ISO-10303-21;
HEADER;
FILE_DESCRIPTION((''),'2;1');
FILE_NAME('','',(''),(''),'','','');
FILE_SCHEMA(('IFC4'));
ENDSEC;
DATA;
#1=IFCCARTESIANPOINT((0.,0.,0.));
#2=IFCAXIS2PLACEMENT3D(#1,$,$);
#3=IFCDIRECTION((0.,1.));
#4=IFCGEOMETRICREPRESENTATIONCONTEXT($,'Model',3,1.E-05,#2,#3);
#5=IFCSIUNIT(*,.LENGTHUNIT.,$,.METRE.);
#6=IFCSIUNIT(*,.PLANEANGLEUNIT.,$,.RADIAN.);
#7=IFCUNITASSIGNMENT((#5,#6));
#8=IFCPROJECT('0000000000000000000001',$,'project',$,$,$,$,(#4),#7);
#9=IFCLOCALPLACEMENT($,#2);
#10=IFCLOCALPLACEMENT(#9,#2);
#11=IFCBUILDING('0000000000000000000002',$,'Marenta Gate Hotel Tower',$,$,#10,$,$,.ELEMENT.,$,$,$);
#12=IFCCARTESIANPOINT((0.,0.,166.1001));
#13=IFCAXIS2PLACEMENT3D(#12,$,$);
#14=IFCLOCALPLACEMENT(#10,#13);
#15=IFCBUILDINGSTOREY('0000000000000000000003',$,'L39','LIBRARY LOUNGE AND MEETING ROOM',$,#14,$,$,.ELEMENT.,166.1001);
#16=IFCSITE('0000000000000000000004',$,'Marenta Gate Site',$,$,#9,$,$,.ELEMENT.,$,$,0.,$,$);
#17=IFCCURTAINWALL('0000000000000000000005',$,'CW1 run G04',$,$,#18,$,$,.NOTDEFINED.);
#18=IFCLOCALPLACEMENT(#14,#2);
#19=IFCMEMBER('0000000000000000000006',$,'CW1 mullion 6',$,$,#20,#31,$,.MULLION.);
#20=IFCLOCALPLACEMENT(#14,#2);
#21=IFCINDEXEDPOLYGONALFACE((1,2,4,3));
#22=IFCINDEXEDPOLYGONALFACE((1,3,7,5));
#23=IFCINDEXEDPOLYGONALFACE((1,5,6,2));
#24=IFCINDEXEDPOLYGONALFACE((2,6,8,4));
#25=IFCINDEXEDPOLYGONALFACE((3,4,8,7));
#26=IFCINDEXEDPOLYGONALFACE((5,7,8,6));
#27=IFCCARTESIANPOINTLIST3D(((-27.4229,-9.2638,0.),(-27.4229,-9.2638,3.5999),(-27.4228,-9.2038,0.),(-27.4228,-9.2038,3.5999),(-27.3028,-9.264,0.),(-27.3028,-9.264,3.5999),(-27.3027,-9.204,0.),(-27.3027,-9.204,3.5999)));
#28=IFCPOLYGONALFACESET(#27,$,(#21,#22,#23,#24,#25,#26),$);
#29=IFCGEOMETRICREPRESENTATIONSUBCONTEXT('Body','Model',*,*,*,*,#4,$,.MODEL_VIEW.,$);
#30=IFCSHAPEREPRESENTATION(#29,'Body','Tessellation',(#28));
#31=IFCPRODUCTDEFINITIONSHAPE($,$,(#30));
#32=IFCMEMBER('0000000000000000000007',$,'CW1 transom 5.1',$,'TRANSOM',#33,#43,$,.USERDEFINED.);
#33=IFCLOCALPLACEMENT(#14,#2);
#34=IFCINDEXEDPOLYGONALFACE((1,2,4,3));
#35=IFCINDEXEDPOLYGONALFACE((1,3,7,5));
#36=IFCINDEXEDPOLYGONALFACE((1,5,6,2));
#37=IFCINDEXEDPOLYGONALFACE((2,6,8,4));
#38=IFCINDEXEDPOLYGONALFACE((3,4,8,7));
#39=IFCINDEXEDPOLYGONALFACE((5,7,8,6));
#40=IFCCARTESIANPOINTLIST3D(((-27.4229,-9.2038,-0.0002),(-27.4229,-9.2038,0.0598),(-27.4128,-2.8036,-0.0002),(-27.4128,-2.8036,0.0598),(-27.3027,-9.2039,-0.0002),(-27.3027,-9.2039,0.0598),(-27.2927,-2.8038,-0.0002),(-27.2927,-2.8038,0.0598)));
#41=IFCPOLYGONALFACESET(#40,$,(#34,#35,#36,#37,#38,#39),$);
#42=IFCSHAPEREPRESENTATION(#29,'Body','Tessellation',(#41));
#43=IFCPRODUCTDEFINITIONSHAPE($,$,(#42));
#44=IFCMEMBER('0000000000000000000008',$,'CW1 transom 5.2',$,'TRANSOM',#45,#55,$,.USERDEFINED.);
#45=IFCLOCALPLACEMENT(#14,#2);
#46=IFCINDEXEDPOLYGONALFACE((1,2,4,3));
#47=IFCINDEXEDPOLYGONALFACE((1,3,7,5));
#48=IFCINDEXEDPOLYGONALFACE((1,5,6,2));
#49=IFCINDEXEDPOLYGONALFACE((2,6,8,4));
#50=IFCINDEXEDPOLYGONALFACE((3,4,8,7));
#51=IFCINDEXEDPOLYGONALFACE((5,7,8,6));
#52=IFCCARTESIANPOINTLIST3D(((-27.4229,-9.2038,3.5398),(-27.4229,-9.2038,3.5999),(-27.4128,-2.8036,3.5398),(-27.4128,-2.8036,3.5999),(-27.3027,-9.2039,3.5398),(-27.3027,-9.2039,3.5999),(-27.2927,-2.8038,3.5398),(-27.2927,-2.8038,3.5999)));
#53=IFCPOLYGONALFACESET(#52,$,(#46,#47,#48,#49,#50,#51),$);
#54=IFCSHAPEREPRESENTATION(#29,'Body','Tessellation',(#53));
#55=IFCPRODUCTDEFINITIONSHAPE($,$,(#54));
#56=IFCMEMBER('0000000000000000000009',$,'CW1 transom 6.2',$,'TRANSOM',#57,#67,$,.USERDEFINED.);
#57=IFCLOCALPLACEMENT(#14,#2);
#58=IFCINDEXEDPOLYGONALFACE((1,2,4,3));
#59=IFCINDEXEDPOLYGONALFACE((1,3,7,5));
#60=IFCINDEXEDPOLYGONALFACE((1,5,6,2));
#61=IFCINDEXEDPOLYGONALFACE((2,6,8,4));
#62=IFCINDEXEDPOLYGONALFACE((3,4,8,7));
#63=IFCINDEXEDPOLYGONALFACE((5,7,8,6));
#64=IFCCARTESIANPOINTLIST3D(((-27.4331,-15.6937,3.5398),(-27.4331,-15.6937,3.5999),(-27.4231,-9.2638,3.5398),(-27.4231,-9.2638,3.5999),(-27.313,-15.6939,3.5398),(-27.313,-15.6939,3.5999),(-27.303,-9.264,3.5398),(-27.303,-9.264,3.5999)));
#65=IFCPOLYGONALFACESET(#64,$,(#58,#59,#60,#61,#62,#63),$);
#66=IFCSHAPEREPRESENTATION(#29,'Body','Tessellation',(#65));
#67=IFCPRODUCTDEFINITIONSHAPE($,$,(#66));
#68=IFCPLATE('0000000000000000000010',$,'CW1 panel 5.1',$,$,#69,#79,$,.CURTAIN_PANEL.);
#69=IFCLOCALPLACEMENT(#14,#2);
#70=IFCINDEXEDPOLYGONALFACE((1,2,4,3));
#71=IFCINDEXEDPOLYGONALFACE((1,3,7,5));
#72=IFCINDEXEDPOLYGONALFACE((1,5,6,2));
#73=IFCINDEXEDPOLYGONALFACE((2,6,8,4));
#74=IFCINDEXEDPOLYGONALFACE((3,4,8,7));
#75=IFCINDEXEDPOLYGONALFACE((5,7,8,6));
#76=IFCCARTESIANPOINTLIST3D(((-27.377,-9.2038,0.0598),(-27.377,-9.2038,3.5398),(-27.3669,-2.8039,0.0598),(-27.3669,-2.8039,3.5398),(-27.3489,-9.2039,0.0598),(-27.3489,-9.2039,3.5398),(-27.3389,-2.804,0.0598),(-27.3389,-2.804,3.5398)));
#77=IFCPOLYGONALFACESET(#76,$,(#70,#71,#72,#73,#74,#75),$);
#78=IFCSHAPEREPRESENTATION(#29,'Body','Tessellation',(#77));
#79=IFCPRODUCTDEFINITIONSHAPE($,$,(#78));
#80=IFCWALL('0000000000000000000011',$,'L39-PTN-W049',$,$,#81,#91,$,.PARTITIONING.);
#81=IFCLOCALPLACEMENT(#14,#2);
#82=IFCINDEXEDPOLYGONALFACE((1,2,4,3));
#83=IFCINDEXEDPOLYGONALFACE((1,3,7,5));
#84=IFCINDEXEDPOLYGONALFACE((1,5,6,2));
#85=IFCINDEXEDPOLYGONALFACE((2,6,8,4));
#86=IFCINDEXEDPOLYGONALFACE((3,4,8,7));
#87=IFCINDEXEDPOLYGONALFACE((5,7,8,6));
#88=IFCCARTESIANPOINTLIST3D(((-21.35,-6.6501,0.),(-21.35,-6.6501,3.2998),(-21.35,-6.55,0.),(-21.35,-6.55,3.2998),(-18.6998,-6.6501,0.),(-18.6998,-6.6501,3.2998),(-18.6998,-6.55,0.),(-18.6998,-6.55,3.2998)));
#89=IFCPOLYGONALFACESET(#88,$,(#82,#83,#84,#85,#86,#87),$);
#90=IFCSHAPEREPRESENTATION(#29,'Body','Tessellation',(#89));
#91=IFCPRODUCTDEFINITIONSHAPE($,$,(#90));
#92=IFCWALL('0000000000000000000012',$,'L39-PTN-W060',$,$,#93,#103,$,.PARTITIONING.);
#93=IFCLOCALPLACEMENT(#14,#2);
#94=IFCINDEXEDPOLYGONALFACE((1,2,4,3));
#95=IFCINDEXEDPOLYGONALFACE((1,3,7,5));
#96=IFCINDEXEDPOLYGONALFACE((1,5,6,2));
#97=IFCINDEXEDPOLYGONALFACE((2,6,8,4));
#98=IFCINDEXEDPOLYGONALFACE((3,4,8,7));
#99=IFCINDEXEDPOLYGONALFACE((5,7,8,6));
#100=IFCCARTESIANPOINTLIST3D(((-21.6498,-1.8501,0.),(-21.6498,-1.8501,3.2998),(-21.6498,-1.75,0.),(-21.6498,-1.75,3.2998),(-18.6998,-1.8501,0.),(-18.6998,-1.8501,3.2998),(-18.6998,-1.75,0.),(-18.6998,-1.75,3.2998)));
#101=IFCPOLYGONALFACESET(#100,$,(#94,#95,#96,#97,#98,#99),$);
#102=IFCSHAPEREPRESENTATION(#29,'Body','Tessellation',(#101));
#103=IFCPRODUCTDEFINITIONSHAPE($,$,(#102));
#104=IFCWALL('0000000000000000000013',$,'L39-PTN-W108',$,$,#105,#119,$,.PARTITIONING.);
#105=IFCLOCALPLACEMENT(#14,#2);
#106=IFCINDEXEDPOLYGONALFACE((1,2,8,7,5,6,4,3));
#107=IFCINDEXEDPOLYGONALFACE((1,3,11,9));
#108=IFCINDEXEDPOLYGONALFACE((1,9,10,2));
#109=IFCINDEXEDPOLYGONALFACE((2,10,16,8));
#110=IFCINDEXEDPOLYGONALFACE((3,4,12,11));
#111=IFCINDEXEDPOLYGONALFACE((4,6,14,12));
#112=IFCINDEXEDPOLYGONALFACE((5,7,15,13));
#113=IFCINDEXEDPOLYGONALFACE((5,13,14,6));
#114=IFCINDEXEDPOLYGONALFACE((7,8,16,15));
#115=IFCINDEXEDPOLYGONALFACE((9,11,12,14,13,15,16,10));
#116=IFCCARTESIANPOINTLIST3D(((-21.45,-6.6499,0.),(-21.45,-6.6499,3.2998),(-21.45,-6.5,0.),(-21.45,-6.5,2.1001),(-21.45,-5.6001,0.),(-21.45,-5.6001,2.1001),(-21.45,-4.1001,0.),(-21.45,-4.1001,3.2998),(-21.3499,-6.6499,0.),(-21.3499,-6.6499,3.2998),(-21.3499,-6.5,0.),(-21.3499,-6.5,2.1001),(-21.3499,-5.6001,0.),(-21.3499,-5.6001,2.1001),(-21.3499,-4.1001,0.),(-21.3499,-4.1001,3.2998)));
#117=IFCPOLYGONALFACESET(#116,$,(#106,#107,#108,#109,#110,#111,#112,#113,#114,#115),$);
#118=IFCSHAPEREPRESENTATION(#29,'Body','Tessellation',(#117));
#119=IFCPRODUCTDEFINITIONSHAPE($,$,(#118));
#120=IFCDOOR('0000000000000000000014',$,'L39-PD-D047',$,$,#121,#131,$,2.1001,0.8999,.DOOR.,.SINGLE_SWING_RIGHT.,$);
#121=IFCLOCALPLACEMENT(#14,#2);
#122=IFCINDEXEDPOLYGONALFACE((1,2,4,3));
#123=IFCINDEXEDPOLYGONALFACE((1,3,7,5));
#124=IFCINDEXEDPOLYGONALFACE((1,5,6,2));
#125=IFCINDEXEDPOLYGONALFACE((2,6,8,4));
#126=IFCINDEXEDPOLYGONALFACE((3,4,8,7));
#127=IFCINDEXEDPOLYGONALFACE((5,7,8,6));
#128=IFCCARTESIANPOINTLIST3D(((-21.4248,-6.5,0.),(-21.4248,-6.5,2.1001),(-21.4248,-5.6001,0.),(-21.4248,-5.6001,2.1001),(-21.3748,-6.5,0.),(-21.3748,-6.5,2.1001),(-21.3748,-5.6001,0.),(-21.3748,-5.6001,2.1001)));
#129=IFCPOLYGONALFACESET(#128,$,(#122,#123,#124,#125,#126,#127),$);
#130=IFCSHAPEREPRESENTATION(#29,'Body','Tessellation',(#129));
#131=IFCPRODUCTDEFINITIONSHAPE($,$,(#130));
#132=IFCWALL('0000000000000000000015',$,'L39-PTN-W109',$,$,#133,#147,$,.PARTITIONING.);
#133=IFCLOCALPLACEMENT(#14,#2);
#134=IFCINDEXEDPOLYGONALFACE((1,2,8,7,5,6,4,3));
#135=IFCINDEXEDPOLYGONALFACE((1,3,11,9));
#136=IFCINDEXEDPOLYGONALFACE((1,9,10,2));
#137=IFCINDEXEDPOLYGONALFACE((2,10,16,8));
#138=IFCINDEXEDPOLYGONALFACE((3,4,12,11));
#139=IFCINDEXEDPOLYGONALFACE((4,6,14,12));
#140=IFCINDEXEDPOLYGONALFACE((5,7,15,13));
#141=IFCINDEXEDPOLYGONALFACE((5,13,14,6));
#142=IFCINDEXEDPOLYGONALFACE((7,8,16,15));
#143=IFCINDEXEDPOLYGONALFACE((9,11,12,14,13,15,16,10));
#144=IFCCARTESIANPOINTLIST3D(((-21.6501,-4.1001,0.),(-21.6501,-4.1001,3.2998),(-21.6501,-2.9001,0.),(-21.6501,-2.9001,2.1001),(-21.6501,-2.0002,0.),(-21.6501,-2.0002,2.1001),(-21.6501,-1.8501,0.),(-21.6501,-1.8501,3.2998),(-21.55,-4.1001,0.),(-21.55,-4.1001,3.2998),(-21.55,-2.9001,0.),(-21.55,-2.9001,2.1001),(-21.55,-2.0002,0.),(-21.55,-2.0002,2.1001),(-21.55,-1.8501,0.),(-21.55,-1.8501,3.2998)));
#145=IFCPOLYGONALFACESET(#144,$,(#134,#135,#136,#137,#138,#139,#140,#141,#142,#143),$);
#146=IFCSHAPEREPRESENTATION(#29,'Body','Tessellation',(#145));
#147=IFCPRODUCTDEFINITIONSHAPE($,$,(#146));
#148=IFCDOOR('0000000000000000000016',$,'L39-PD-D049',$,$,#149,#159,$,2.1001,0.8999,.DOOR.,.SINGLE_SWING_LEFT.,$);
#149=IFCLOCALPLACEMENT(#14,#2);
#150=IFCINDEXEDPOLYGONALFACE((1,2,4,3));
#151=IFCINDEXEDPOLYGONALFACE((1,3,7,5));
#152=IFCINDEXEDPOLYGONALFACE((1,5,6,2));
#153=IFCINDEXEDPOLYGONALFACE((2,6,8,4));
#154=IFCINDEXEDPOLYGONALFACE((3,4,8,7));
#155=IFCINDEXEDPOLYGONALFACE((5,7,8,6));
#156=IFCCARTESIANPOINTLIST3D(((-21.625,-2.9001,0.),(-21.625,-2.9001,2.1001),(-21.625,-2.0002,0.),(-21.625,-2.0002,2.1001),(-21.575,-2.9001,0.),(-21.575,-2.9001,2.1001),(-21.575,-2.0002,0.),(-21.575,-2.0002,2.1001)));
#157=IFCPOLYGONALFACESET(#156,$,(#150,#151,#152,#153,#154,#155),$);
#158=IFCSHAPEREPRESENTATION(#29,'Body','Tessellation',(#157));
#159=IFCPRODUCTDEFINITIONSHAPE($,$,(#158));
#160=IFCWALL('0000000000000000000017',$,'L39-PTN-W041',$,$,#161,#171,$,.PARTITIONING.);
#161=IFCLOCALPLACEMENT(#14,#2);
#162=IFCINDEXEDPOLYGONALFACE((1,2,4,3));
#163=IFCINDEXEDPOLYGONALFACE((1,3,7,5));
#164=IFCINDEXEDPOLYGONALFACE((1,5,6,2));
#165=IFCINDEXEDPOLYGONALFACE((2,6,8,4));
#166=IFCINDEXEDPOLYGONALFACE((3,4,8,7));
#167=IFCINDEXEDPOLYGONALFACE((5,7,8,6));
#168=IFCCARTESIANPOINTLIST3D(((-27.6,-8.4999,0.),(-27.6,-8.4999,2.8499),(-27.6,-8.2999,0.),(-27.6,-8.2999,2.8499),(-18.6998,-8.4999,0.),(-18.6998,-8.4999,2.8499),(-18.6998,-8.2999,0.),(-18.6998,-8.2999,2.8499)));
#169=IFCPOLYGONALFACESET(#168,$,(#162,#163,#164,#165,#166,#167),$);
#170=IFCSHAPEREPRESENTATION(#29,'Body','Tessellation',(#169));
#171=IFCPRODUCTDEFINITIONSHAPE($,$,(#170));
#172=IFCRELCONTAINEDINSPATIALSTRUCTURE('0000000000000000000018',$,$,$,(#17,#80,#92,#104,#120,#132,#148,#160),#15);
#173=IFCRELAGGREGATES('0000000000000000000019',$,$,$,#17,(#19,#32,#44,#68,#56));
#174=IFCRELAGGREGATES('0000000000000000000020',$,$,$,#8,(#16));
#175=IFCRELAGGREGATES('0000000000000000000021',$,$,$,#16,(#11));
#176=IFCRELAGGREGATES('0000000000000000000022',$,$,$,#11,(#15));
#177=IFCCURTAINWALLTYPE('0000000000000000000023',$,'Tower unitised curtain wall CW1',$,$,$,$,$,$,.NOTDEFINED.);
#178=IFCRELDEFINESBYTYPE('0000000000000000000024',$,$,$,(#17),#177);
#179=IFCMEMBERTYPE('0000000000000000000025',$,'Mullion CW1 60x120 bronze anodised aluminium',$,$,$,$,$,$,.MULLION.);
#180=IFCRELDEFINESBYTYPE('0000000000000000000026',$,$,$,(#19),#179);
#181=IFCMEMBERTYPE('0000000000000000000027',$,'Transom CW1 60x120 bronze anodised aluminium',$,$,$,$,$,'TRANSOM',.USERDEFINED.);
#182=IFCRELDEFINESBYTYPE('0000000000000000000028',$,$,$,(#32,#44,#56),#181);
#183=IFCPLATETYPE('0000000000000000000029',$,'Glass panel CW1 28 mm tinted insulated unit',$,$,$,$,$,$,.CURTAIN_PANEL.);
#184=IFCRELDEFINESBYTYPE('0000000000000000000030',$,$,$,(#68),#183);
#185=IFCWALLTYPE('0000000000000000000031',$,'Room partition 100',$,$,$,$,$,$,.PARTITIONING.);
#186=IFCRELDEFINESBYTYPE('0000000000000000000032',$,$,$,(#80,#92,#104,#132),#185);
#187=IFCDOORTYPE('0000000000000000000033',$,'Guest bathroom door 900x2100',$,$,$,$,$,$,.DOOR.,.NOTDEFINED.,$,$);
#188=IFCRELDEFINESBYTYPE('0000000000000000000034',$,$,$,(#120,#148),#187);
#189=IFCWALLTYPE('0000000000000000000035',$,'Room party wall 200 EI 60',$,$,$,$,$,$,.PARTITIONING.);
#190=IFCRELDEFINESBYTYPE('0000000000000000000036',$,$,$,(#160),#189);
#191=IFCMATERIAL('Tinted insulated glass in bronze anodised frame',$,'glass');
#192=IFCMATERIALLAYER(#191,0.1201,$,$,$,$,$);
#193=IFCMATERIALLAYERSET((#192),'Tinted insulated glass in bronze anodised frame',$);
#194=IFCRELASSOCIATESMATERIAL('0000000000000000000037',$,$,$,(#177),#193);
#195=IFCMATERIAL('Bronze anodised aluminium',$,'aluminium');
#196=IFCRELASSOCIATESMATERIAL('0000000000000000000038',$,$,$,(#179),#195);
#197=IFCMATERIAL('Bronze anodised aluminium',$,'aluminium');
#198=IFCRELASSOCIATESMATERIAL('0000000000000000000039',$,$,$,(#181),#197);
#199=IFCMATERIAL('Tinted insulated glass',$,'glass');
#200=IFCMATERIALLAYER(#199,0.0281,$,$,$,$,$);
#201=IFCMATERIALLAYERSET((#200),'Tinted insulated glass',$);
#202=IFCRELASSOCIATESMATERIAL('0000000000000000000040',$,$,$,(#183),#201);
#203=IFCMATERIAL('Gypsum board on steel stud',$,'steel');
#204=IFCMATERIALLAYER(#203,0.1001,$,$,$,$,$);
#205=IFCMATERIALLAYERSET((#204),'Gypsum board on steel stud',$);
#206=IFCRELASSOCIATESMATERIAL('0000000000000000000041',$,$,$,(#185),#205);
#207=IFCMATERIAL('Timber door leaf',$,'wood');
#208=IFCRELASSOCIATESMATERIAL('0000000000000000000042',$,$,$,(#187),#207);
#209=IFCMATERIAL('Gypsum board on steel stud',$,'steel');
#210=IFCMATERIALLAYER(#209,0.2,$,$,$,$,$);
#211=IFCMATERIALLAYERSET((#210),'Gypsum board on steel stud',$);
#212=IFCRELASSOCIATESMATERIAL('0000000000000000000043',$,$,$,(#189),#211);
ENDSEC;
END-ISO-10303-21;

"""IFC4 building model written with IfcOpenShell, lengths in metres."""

from ifc_helpers import new_model, si_unit, direction, frame, frame_2d, origin, origin_2d, place, context, subcontext, project, spatial, rectangle, extrude, material, layer, layer_set, material_profile, profile_set, type_object, element, fill, aggregate, save


model = new_model("IFC4")

# Units and contexts
model_context = context("Model", 3, precision=1e-05, world=origin(), true_north=direction((0.0, 1.0)))
body_context = subcontext(model_context, "Body", "Model", "MODEL_VIEW")
ifc_project = project(units=[si_unit("LENGTHUNIT", "METRE"), si_unit("PLANEANGLEUNIT", "RADIAN")], contexts=[model_context])

# Site, building, storey
site_placement = place(None, origin())
site = spatial("IfcSite", under=ifc_project, at=site_placement, Name="Marenta Gate Site", CompositionType="ELEMENT", RefElevation=0.0)
building_placement = place(site_placement, origin())
building = spatial("IfcBuilding", under=site, at=building_placement, Name="Marenta Gate Hotel Tower", CompositionType="ELEMENT")
storey_placement = place(building_placement, frame((0.0, 0.0, 166.1001)))
storey = spatial("IfcBuildingStorey", under=building, at=storey_placement, Name="L39", Description="LIBRARY LOUNGE AND MEETING ROOM", CompositionType="ELEMENT", Elevation=166.1001)

# Curtain wall, members, plate
ifc_material_1 = material(Name="Tinted insulated glass in bronze anodised frame", Category="glass")
ifc_layer_1 = layer(ifc_material_1, 0.1201)
ifc_layer_set_1 = layer_set([ifc_layer_1], Name="Tinted insulated glass in bronze anodised frame")
curtain_wall_type = type_object("IfcCurtainWallType", Name="Tower unitised curtain wall CW1", PredefinedType="NOTDEFINED", material=ifc_layer_set_1)
curtain_wall_placement = place(storey_placement, origin())
curtain_wall = element("IfcCurtainWall", 1, at=curtain_wall_placement, inside=storey, type_object=curtain_wall_type, Name="CW1 run G04", PredefinedType="NOTDEFINED")
ifc_material_2 = material(Name="Bronze anodised aluminium", Category="aluminium")
ifc_material_profile_1 = material_profile(ifc_material_2, rectangle(XDim=0.1201, YDim=0.0601, at=origin_2d()), Name="Mullion CW1 60x120 bronze anodised aluminium")
ifc_profile_set_1 = profile_set([ifc_material_profile_1], Name="Bronze anodised aluminium")
member_type_1 = type_object("IfcMemberType", Name="Mullion CW1 60x120 bronze anodised aluminium", PredefinedType="MULLION", material=ifc_profile_set_1)
member_1_placement = place(storey_placement, frame((-27.3628, -9.2339, 0.0), z_axis=(0.0, 0.0, 1.0), x_axis=(0.999999, -0.001566, 0.0)))
member_1 = element("IfcMember", 2, at=member_1_placement, type_object=member_type_1, Name="CW1 mullion 6", PredefinedType="MULLION", context=body_context, shape_type="SweptSolid", body=[
    extrude(rectangle(XDim=0.1201, YDim=0.0601, at=origin_2d()), origin(), (0.0, 0.0, 1.0), 3.5999),
])
ifc_material_3 = material(Name="Bronze anodised aluminium", Category="aluminium")
ifc_material_profile_2 = material_profile(ifc_material_3, rectangle(XDim=0.1201, YDim=0.0601, at=origin_2d()), Name="Transom CW1 60x120 bronze anodised aluminium")
ifc_profile_set_2 = profile_set([ifc_material_profile_2], Name="Bronze anodised aluminium")
member_type_2 = type_object("IfcMemberType", Name="Transom CW1 60x120 bronze anodised aluminium", ElementType="TRANSOM", PredefinedType="USERDEFINED", material=ifc_profile_set_2)
member_2_placement = place(storey_placement, frame((-27.3528, -2.8037, 0.0298), z_axis=(-0.001564, -0.999999, 0.0), x_axis=(0.999999, -0.001564, 0.0)))
member_2 = element("IfcMember", 3, at=member_2_placement, type_object=member_type_2, Name="CW1 transom 5.1", ObjectType="TRANSOM", PredefinedType="USERDEFINED", context=body_context, shape_type="SweptSolid", body=[
    extrude(rectangle(XDim=0.1201, YDim=0.0601, at=origin_2d()), origin(), (0.0, 0.0, 1.0), 6.4001),
])
member_3_placement = place(storey_placement, frame((-27.3528, -2.8037, 3.5698), z_axis=(-0.001564, -0.999999, 0.0), x_axis=(0.999999, -0.001564, 0.0)))
member_3 = element("IfcMember", 4, at=member_3_placement, type_object=member_type_2, Name="CW1 transom 5.2", ObjectType="TRANSOM", PredefinedType="USERDEFINED", context=body_context, shape_type="SweptSolid", body=[
    extrude(rectangle(XDim=0.1201, YDim=0.0601, at=origin_2d()), origin(), (0.0, 0.0, 1.0), 6.4001),
])
member_4_placement = place(storey_placement, frame((-27.363, -9.2639, 3.5698), z_axis=(-0.001557, -0.999999, 0.0), x_axis=(0.999999, -0.001557, 0.0)))
member_4 = element("IfcMember", 5, at=member_4_placement, type_object=member_type_2, Name="CW1 transom 6.2", ObjectType="TRANSOM", PredefinedType="USERDEFINED", context=body_context, shape_type="SweptSolid", body=[
    extrude(rectangle(XDim=0.1201, YDim=0.0601, at=origin_2d()), origin(), (0.0, 0.0, 1.0), 6.4299),
])
ifc_material_4 = material(Name="Tinted insulated glass", Category="glass")
ifc_layer_2 = layer(ifc_material_4, 0.0281)
ifc_layer_set_2 = layer_set([ifc_layer_2], Name="Tinted insulated glass")
plate_type = type_object("IfcPlateType", Name="Glass panel CW1 28 mm tinted insulated unit", PredefinedType="CURTAIN_PANEL", material=ifc_layer_set_2)
plate_placement = place(storey_placement, frame((-27.3579, -6.0039, 0.0598), z_axis=(0.0, 0.0, 1.0), x_axis=(-0.001566, -0.999999, 0.0)))
plate = element("IfcPlate", 6, at=plate_placement, type_object=plate_type, Name="CW1 panel 5.1", PredefinedType="CURTAIN_PANEL", context=body_context, shape_type="SweptSolid", body=[
    extrude(rectangle(XDim=6.3999, YDim=0.0281, at=origin_2d()), origin(), (0.0, 0.0, 1.0), 3.48),
])
aggregate(curtain_wall, [member_1, member_2, member_3, plate, member_4])

# Walls
ifc_material_5 = material(Name="Gypsum board on steel stud", Category="steel")
ifc_layer_3 = layer(ifc_material_5, 0.1001)
ifc_layer_set_3 = layer_set([ifc_layer_3], Name="Gypsum board on steel stud")
wall_type_1 = type_object("IfcWallType", Name="Room partition 100", PredefinedType="PARTITIONING", material=ifc_layer_set_3)
wall_1_placement = place(storey_placement, frame((-21.3501, -6.6001, 0.0), z_axis=(0.0, 0.0, 1.0), x_axis=(1.0, 0.0, 0.0)))
element("IfcWall", 7, at=wall_1_placement, inside=storey, type_object=wall_type_1, Name="L39-PTN-W049", PredefinedType="PARTITIONING", context=body_context, shape_type="SweptSolid", body=[
    extrude(rectangle(XDim=2.6501, YDim=0.1001, at=frame_2d((1.3252, 0.0))), origin(), (0.0, 0.0, 1.0), 3.2998),
])
wall_2_placement = place(storey_placement, frame((-21.6499, -1.8, 0.0), z_axis=(0.0, 0.0, 1.0), x_axis=(1.0, 0.0, 0.0)))
element("IfcWall", 8, at=wall_2_placement, inside=storey, type_object=wall_type_1, Name="L39-PTN-W060", PredefinedType="PARTITIONING", context=body_context, shape_type="SweptSolid", body=[
    extrude(rectangle(XDim=2.95, YDim=0.1001, at=frame_2d((1.4751, 0.0))), origin(), (0.0, 0.0, 1.0), 3.2998),
])

# Walls, openings, doors
wall_3_placement = place(storey_placement, frame((-21.3999, -6.6499, 0.0), z_axis=(0.0, 0.0, 1.0), x_axis=(0.0, 1.0, 0.0)))
wall_3 = element("IfcWall", 9, at=wall_3_placement, inside=storey, type_object=wall_type_1, Name="L39-PTN-W108", PredefinedType="PARTITIONING", context=body_context, shape_type="SweptSolid", body=[
    extrude(rectangle(XDim=2.5498, YDim=0.1001, at=frame_2d((1.2749, 0.0))), origin(), (0.0, 0.0, 1.0), 3.2998),
])
opening_1_placement = place(wall_3_placement, frame((0.1499, 0.0, 0.0)))
opening_1 = element("IfcOpeningElement", 10, at=opening_1_placement, cuts=wall_3, PredefinedType="OPENING", context=body_context, shape_type="SweptSolid", body=[
    extrude(rectangle(XDim=0.8999, YDim=2.1001, at=frame_2d((0.45, 1.05))), frame((0.0, 0.05, 0.0), z_axis=(0.0, -1.0, 0.0), x_axis=(1.0, 0.0, 0.0)), (0.0, 0.0, 1.0), 0.1001),
])
ifc_material_6 = material(Name="Timber door leaf", Category="wood")
door_type_1 = type_object("IfcDoorType", Name="Guest bathroom door 900x2100", OperationType="NOTDEFINED", PredefinedType="DOOR", material=ifc_material_6)
door_1_placement = place(opening_1_placement, origin())
door_1 = element("IfcDoor", 11, at=door_1_placement, inside=storey, type_object=door_type_1, Name="L39-PD-D047", OperationType="SINGLE_SWING_RIGHT", OverallHeight=2.1001, OverallWidth=0.8999, PredefinedType="DOOR", context=body_context, shape_type="SweptSolid", body=[
    extrude(rectangle(XDim=0.8999, YDim=2.1001, at=frame_2d((0.45, 1.05))), frame((0.0, 0.0249, 0.0), z_axis=(0.0, -1.0, 0.0), x_axis=(1.0, 0.0, 0.0)), (0.0, 0.0, 1.0), 0.05),
])
fill(opening_1, door_1)
wall_4_placement = place(storey_placement, frame((-21.6001, -4.1001, 0.0), z_axis=(0.0, 0.0, 1.0), x_axis=(0.0, 1.0, 0.0)))
wall_4 = element("IfcWall", 12, at=wall_4_placement, inside=storey, type_object=wall_type_1, Name="L39-PTN-W109", PredefinedType="PARTITIONING", context=body_context, shape_type="SweptSolid", body=[
    extrude(rectangle(XDim=2.25, YDim=0.1001, at=frame_2d((1.125, 0.0))), origin(), (0.0, 0.0, 1.0), 3.2998),
])
opening_2_placement = place(wall_4_placement, frame((1.2, 0.0, 0.0)))
opening_2 = element("IfcOpeningElement", 13, at=opening_2_placement, cuts=wall_4, PredefinedType="OPENING", context=body_context, shape_type="SweptSolid", body=[
    extrude(rectangle(XDim=0.8999, YDim=2.1001, at=frame_2d((0.45, 1.05))), frame((0.0, 0.05, 0.0), z_axis=(0.0, -1.0, 0.0), x_axis=(1.0, 0.0, 0.0)), (0.0, 0.0, 1.0), 0.1001),
])
door_2_placement = place(opening_2_placement, origin())
door_2 = element("IfcDoor", 14, at=door_2_placement, inside=storey, type_object=door_type_1, Name="L39-PD-D049", OperationType="SINGLE_SWING_LEFT", OverallHeight=2.1001, OverallWidth=0.8999, PredefinedType="DOOR", context=body_context, shape_type="SweptSolid", body=[
    extrude(rectangle(XDim=0.8999, YDim=2.1001, at=frame_2d((0.45, 1.05))), frame((0.0, 0.0249, 0.0), z_axis=(0.0, -1.0, 0.0), x_axis=(1.0, 0.0, 0.0)), (0.0, 0.0, 1.0), 0.05),
])
fill(opening_2, door_2)

# Wall
ifc_material_7 = material(Name="Gypsum board on steel stud", Category="steel")
ifc_layer_4 = layer(ifc_material_7, 0.2)
ifc_layer_set_4 = layer_set([ifc_layer_4], Name="Gypsum board on steel stud")
wall_type_2 = type_object("IfcWallType", Name="Room party wall 200 EI 60", PredefinedType="PARTITIONING", material=ifc_layer_set_4)
wall_5_placement = place(storey_placement, frame((-27.6001, -8.3999, 0.0), z_axis=(0.0, 0.0, 1.0), x_axis=(1.0, 0.0, 0.0)))
element("IfcWall", 15, at=wall_5_placement, inside=storey, type_object=wall_type_2, Name="L39-PTN-W041", PredefinedType="PARTITIONING", context=body_context, shape_type="SweptSolid", body=[
    extrude(rectangle(XDim=8.9001, YDim=0.2, at=frame_2d((4.4502, 0.0))), origin(), (0.0, 0.0, 1.0), 2.8499),
])

save(model, "model.ifc")
